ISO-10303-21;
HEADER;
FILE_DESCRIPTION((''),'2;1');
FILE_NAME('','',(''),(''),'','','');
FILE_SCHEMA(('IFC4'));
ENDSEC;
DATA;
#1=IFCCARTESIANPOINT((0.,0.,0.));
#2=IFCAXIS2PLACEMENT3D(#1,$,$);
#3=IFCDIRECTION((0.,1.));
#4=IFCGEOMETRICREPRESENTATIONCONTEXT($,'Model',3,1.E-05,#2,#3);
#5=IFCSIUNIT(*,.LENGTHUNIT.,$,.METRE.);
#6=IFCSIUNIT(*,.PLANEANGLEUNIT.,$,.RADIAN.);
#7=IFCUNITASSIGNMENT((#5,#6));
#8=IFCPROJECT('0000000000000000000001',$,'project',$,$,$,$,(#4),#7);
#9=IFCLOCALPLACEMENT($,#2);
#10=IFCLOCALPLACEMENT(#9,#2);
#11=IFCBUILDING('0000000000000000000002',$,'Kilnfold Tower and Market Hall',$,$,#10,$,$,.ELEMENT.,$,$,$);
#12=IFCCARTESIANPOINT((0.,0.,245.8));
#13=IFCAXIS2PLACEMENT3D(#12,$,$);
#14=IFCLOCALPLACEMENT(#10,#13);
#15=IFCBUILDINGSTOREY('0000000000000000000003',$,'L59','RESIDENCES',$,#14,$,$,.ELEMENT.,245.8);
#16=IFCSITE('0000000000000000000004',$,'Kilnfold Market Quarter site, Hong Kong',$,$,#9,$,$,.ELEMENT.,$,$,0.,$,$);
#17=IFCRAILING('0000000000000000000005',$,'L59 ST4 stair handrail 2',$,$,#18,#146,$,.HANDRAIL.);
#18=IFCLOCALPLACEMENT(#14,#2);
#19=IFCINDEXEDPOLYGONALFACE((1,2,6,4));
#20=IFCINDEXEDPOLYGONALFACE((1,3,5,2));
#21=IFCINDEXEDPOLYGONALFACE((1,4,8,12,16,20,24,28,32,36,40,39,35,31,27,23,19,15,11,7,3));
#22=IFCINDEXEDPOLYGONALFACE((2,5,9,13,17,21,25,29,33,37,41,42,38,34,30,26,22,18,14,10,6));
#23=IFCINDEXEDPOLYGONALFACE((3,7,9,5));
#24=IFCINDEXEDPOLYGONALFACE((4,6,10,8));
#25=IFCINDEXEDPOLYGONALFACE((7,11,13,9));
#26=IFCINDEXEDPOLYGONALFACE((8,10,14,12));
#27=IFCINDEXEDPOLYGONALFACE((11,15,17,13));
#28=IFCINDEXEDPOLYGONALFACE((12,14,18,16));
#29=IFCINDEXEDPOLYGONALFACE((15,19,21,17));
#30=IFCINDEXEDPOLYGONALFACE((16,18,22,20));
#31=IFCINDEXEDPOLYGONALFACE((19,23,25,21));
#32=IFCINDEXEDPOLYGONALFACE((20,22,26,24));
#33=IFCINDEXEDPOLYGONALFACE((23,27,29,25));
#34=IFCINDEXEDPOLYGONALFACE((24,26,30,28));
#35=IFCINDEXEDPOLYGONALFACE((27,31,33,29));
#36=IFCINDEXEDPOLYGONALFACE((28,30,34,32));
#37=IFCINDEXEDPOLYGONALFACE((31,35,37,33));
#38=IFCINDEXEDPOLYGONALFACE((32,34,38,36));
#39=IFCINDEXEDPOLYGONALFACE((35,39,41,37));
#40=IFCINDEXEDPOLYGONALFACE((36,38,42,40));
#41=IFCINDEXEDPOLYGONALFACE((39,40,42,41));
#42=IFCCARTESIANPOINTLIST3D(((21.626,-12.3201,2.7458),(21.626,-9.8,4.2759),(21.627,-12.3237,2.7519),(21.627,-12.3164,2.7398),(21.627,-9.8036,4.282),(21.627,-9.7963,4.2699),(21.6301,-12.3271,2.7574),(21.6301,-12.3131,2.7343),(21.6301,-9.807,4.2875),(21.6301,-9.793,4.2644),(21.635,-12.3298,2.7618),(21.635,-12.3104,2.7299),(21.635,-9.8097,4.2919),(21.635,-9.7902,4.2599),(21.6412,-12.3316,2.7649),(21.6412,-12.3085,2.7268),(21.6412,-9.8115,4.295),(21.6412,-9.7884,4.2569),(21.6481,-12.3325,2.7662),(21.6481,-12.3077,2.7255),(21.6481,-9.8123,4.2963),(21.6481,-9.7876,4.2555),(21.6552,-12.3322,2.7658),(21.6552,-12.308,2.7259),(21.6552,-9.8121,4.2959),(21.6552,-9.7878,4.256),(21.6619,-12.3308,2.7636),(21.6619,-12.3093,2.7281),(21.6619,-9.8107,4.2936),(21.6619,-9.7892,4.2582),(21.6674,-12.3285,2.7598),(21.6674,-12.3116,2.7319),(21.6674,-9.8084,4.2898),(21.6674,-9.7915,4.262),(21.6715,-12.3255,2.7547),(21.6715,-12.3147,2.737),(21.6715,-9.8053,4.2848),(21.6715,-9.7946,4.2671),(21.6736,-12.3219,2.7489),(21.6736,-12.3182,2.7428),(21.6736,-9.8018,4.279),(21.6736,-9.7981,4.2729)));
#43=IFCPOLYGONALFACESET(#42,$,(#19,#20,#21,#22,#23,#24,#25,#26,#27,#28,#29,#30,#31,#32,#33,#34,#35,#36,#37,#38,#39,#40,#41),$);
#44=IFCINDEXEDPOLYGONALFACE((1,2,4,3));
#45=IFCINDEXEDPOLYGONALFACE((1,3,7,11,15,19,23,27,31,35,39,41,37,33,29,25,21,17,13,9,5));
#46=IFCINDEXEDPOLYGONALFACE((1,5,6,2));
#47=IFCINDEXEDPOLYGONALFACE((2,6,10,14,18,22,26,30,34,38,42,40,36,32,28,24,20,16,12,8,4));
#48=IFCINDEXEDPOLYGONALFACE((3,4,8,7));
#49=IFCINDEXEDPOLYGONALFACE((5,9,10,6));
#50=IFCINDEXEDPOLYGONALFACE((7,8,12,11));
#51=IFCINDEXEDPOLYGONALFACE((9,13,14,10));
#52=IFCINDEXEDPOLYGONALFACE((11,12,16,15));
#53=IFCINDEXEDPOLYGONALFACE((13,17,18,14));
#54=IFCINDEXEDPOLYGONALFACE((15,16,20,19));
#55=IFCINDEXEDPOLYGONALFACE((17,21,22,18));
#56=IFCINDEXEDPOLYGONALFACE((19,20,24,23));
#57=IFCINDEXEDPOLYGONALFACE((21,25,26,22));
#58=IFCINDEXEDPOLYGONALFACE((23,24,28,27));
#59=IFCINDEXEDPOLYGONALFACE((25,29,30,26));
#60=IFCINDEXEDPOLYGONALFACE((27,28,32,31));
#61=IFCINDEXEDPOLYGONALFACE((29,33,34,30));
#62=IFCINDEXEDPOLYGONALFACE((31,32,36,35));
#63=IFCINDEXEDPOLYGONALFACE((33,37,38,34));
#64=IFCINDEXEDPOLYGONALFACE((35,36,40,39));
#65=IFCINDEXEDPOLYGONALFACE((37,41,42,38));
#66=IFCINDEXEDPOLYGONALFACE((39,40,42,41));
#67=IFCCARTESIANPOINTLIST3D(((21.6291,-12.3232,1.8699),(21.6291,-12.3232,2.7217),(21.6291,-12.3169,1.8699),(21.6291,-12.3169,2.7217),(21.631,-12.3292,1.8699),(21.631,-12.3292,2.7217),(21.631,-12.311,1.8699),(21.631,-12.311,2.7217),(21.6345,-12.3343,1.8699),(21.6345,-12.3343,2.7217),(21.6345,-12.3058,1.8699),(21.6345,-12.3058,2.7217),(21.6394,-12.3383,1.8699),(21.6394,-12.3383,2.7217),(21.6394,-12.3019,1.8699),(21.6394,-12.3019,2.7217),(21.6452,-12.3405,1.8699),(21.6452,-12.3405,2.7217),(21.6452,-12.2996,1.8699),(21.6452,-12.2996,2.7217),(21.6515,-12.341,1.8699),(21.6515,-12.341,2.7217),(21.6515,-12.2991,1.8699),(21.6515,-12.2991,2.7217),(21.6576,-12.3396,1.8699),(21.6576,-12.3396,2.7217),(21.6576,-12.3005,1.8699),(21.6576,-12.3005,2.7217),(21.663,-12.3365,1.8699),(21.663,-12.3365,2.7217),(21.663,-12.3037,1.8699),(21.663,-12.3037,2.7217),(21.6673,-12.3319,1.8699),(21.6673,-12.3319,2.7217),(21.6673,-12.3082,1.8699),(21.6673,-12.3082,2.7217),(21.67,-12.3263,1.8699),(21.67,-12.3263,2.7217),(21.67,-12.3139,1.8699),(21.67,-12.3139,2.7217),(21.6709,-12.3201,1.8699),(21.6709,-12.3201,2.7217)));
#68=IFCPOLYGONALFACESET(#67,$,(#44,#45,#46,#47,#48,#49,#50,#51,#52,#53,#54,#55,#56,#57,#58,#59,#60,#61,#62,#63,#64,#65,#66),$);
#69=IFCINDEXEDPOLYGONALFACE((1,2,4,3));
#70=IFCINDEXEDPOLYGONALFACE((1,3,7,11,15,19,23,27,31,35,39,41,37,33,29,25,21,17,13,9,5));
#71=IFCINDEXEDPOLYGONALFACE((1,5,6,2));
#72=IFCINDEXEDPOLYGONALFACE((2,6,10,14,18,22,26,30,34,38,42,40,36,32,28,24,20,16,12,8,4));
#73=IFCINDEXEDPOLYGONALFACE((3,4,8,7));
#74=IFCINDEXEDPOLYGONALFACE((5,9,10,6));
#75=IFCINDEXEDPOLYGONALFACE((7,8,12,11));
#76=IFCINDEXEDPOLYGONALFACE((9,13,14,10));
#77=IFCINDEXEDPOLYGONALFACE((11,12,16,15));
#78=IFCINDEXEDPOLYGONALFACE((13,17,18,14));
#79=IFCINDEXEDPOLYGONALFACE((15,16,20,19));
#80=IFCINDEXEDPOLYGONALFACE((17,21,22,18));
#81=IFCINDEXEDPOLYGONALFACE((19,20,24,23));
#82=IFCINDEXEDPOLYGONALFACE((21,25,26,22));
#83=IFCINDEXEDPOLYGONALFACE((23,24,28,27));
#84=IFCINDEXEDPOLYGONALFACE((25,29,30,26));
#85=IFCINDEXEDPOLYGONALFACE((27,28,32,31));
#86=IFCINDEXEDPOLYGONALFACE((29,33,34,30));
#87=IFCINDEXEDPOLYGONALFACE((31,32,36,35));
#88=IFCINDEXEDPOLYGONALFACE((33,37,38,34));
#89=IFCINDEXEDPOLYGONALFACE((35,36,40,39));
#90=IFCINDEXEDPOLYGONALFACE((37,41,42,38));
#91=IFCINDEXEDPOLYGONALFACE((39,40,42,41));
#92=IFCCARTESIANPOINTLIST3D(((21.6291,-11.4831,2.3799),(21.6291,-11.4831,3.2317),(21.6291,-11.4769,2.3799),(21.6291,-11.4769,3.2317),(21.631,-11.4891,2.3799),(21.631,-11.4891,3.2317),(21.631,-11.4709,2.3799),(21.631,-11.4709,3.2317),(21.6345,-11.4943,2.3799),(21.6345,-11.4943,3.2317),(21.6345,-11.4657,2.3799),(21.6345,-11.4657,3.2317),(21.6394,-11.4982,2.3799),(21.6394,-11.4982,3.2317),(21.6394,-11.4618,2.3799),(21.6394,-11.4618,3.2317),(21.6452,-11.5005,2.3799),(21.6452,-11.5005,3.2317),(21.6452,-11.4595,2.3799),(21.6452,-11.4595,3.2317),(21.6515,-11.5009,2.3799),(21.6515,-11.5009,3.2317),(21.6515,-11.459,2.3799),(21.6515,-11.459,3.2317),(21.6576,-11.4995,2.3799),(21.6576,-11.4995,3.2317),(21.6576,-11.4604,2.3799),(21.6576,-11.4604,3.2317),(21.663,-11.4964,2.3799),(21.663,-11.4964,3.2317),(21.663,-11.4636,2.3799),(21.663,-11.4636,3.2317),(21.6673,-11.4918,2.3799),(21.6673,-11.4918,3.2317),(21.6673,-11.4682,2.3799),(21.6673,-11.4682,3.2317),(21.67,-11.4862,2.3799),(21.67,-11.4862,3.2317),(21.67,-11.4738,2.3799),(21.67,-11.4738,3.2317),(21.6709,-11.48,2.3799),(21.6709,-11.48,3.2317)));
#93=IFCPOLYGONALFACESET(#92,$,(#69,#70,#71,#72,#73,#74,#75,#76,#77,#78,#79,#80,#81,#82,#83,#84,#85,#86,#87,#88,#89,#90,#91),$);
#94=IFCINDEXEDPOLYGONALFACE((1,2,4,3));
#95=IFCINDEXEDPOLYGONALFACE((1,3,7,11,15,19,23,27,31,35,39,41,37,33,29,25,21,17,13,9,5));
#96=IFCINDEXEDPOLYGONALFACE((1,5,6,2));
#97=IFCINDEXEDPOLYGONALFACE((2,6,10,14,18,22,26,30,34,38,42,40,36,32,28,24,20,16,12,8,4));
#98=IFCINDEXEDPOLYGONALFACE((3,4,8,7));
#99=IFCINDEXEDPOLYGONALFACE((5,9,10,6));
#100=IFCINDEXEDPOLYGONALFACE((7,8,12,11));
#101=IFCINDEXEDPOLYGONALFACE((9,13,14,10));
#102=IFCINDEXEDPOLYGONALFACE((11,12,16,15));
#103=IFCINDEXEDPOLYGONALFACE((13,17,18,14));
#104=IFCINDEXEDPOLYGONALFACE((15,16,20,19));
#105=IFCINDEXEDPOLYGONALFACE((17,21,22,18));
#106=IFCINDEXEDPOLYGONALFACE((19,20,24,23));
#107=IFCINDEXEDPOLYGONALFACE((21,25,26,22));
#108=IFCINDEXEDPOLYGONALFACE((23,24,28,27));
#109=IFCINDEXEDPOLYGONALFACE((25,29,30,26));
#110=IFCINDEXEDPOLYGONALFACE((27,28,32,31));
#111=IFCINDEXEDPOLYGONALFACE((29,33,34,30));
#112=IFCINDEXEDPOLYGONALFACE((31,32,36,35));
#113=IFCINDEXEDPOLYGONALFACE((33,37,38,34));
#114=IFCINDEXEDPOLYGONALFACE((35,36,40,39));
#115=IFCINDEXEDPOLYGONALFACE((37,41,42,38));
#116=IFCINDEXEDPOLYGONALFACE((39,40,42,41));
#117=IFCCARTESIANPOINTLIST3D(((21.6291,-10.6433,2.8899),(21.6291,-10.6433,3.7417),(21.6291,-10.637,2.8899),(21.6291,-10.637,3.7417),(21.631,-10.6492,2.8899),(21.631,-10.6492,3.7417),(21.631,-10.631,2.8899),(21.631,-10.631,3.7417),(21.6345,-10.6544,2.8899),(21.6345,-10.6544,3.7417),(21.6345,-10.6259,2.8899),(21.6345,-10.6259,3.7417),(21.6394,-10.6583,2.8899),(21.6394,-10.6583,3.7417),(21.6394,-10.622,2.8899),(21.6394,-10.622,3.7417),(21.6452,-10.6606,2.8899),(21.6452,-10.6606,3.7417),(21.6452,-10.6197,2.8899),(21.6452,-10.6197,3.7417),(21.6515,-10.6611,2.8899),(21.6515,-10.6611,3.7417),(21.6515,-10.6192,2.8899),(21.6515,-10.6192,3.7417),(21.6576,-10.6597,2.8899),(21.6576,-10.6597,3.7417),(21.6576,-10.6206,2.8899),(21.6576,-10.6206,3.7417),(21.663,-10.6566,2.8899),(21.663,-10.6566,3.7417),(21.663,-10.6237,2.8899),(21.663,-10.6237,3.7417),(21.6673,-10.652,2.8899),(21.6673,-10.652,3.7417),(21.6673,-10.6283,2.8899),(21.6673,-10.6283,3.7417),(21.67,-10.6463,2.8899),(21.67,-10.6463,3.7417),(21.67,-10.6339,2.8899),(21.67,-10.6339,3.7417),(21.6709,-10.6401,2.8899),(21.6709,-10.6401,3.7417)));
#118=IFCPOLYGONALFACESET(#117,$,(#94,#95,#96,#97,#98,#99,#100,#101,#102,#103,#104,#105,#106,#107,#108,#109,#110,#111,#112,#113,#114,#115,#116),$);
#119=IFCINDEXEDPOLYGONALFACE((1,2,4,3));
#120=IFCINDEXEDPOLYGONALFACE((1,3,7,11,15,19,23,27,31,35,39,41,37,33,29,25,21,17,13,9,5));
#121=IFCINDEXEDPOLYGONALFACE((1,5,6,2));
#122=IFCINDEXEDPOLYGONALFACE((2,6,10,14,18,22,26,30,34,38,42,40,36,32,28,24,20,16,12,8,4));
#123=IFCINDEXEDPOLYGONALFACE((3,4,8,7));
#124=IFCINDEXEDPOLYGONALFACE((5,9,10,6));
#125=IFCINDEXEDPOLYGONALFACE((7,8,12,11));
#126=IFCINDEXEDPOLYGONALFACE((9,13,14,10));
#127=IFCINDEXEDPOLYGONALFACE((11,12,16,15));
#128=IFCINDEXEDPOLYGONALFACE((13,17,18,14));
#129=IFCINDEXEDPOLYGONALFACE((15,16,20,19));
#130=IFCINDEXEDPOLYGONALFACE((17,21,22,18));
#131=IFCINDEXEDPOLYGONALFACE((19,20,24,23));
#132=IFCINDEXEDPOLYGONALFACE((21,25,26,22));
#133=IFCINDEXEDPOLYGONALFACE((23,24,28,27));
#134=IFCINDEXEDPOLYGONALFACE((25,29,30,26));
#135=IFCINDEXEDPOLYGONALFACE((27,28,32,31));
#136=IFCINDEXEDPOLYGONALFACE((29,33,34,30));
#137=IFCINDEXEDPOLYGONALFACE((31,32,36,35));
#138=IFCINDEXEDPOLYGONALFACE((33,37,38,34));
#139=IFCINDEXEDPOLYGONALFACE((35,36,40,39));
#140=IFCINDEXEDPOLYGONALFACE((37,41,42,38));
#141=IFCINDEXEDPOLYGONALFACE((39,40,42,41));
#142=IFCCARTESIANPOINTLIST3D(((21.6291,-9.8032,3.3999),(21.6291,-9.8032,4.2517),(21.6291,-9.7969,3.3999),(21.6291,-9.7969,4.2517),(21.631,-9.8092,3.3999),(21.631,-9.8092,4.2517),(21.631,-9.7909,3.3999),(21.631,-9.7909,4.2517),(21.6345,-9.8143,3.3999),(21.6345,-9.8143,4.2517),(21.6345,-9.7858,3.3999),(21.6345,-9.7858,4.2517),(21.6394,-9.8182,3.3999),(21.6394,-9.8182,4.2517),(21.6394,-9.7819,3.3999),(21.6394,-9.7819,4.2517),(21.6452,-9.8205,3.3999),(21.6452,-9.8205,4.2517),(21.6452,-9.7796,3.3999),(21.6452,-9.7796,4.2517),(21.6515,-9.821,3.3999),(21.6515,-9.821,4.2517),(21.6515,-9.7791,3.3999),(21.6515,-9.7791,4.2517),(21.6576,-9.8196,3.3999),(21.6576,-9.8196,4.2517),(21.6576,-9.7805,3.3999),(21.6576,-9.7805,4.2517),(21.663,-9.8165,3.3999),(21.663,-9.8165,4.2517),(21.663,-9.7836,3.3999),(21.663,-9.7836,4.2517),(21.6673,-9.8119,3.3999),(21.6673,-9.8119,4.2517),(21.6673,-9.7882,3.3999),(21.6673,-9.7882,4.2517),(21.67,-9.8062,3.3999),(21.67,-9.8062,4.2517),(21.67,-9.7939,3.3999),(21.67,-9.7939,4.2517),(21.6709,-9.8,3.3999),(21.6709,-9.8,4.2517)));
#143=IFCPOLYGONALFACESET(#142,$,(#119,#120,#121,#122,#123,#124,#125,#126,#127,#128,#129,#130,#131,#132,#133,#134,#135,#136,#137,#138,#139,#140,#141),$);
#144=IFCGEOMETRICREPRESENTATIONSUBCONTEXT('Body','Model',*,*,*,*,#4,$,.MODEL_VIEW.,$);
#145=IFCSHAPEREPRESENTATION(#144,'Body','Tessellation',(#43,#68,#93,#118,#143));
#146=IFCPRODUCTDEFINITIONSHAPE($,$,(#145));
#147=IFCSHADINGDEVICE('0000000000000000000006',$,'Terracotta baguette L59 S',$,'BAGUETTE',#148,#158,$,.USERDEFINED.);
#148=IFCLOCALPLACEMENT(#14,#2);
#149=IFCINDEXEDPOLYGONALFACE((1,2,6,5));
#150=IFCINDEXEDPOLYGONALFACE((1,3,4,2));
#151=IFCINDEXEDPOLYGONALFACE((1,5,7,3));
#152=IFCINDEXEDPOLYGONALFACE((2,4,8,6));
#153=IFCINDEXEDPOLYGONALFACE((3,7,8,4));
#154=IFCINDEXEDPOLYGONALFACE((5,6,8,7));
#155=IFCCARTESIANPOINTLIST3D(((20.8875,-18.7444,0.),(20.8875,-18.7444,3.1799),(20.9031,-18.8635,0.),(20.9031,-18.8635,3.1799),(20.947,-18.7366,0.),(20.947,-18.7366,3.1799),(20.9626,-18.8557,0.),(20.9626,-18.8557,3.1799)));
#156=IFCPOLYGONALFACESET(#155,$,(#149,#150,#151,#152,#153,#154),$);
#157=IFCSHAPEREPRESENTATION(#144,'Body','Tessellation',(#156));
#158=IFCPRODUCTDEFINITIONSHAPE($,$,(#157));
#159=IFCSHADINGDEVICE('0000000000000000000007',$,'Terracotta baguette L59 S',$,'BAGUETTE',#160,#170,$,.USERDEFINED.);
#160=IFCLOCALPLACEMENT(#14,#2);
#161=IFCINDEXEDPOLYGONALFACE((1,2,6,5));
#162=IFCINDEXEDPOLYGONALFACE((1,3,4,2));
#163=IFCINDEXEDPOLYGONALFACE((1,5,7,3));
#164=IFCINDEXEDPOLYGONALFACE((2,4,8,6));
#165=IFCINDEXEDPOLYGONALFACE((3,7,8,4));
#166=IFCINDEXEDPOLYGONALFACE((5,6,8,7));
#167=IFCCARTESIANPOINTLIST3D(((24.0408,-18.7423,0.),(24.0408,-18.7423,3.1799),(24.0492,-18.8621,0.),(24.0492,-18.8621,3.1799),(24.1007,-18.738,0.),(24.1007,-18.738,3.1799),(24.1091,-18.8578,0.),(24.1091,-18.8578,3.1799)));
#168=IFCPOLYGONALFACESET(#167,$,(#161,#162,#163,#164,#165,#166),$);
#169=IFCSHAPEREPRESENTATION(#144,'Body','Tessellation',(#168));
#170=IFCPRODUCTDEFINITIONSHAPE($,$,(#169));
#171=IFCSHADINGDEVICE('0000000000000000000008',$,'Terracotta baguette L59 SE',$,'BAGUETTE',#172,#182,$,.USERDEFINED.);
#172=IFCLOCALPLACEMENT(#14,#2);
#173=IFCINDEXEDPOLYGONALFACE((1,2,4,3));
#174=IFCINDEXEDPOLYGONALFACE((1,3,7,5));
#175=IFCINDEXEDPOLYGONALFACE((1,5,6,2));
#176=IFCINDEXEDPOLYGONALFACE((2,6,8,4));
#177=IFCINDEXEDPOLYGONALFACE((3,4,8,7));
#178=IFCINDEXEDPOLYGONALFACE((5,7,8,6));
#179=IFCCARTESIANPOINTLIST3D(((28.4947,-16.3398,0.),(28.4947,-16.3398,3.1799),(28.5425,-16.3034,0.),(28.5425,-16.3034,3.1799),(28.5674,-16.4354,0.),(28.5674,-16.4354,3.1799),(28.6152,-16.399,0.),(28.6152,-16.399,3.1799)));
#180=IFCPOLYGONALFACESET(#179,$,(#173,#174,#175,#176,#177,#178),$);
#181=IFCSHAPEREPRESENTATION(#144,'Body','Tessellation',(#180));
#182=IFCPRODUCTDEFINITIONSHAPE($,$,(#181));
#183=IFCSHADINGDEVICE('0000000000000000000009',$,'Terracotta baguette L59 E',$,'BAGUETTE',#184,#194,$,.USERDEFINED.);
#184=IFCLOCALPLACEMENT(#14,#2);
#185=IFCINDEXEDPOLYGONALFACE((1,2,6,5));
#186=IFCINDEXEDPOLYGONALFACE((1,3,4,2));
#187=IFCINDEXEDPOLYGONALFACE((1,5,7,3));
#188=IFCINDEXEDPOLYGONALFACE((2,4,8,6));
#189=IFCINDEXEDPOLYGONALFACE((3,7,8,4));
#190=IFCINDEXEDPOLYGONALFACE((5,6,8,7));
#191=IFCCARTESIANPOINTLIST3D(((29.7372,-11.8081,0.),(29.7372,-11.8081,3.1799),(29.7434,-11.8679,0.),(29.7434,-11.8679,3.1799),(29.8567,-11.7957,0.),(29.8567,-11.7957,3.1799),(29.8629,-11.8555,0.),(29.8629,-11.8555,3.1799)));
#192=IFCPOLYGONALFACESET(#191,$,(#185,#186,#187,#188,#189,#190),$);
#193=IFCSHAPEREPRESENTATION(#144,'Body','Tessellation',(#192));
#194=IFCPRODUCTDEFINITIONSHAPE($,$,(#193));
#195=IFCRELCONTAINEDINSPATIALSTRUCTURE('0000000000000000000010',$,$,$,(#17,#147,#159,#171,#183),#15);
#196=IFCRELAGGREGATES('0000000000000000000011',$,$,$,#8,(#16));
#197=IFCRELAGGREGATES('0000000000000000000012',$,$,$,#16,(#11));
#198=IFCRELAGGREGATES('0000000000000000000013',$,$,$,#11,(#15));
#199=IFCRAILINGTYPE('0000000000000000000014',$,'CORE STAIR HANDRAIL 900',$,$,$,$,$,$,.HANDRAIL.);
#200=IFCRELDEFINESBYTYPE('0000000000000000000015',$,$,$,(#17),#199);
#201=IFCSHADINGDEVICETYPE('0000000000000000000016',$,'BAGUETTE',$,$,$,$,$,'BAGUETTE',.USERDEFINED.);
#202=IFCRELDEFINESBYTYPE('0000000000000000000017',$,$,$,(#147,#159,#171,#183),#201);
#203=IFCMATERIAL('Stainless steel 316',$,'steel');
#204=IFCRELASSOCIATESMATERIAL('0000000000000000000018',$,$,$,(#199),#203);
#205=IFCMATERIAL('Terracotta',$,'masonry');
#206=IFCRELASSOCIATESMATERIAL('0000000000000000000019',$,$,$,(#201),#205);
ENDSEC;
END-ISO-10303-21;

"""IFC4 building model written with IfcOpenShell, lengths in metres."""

from ifc_helpers import new_model, si_unit, direction, frame, origin, origin_2d, place, context, subcontext, project, spatial, rectangle, circle, extrude, source, transform, mapped, material, material_profile, profile_set, type_object, element, save


model = new_model("IFC4")

# Units and contexts
model_context = context("Model", 3, precision=1e-05, world=origin(), true_north=direction((0.0, 1.0)))
body_context = subcontext(model_context, "Body", "Model", "MODEL_VIEW")
ifc_project = project(units=[si_unit("LENGTHUNIT", "METRE"), si_unit("PLANEANGLEUNIT", "RADIAN")], contexts=[model_context])

# Site, building, storey
site_placement = place(None, origin())
site = spatial("IfcSite", under=ifc_project, at=site_placement, Name="Kilnfold Market Quarter site, Hong Kong", CompositionType="ELEMENT", RefElevation=0.0)
building_placement = place(site_placement, origin())
building = spatial("IfcBuilding", under=site, at=building_placement, Name="Kilnfold Tower and Market Hall", CompositionType="ELEMENT")
storey_placement = place(building_placement, frame((0.0, 0.0, 245.8)))
storey = spatial("IfcBuildingStorey", under=building, at=storey_placement, Name="L59", Description="RESIDENCES", CompositionType="ELEMENT", Elevation=245.8)

# Railing
ifc_material_1 = material(Name="Stainless steel 316", Category="steel")
railing_type_1 = type_object("IfcRailingType", Name="CORE STAIR HANDRAIL 900", PredefinedType="HANDRAIL", material=ifc_material_1)
railing_1_placement = place(storey_placement, frame((21.6499, -12.3201, 1.8699)))
element("IfcRailing", 1, at=railing_1_placement, inside=storey, type_object=railing_type_1, Name="L59 ST4 stair handrail 2", PredefinedType="HANDRAIL", context=body_context, shape_type="SweptSolid", body=[
    extrude(circle(Radius=0.0239, at=origin_2d()), frame((0.0, 0.0, 0.876), z_axis=(0.0, 0.854785, 0.518982), x_axis=(-1.0, 0.0, 0.0)), (0.0, 0.0, 1.0), 2.9482),
    extrude(circle(Radius=0.021, at=origin_2d()), origin(), (0.0, 0.0, 1.0), 0.8518),
    extrude(circle(Radius=0.021, at=origin_2d()), frame((0.0, 0.8401, 0.51)), (0.0, 0.0, 1.0), 0.8518),
    extrude(circle(Radius=0.021, at=origin_2d()), frame((0.0, 1.6799, 1.02)), (0.0, 0.0, 1.0), 0.8518),
    extrude(circle(Radius=0.021, at=origin_2d()), frame((0.0, 2.52, 1.53)), (0.0, 0.0, 1.0), 0.8518),
])

# Shading devices
ifc_material_2 = material(Name="Terracotta", Category="masonry")
ifc_material_profile_1 = material_profile(ifc_material_2, rectangle(XDim=0.0601, YDim=0.1201, at=origin_2d()), Name="BAG 60x120")
ifc_profile_set_1 = profile_set([ifc_material_profile_1], Name="Terracotta")
shading_device_type = type_object("IfcShadingDeviceType", Name="BAGUETTE", ElementType="BAGUETTE", PredefinedType="USERDEFINED", material=ifc_profile_set_1)
shared_shape_1 = source(origin(), body_context, "Body", "SweptSolid", [
    extrude(rectangle(XDim=0.0601, YDim=0.1201, at=origin_2d()), origin(), (0.0, 0.0, 1.0), 3.1799),
])
for number, where, z_axis, x_axis, name in (
    (2, (20.925, -18.8, 0.0), (0.0, 0.0, 1.0), (0.991564, 0.129616, 0.0), "Terracotta baguette L59 S"),
    (3, (24.075, -18.8, 0.0), (0.0, 0.0, 1.0), (0.997502, 0.070639, 0.0), "Terracotta baguette L59 S"),
    (4, (28.5549, -16.3694, 0.0), (0.0, 0.0, 1.0), (0.796033, 0.605254, 0.0), "Terracotta baguette L59 SE"),
    (5, (29.8, -11.8318, 0.0), (0.0, 0.0, 1.0), (-0.103296, 0.994651, 0.0), "Terracotta baguette L59 E"),
):
    element("IfcShadingDevice", number, at=place(storey_placement, frame(where, z_axis=z_axis, x_axis=x_axis)), inside=storey, type_object=shading_device_type, Name=name, ObjectType="BAGUETTE", PredefinedType="USERDEFINED", context=body_context, shape_type="MappedRepresentation", body=[
        mapped(shared_shape_1, transform((0.0, 0.0, 0.0))),
    ])

save(model, "model.ifc")
